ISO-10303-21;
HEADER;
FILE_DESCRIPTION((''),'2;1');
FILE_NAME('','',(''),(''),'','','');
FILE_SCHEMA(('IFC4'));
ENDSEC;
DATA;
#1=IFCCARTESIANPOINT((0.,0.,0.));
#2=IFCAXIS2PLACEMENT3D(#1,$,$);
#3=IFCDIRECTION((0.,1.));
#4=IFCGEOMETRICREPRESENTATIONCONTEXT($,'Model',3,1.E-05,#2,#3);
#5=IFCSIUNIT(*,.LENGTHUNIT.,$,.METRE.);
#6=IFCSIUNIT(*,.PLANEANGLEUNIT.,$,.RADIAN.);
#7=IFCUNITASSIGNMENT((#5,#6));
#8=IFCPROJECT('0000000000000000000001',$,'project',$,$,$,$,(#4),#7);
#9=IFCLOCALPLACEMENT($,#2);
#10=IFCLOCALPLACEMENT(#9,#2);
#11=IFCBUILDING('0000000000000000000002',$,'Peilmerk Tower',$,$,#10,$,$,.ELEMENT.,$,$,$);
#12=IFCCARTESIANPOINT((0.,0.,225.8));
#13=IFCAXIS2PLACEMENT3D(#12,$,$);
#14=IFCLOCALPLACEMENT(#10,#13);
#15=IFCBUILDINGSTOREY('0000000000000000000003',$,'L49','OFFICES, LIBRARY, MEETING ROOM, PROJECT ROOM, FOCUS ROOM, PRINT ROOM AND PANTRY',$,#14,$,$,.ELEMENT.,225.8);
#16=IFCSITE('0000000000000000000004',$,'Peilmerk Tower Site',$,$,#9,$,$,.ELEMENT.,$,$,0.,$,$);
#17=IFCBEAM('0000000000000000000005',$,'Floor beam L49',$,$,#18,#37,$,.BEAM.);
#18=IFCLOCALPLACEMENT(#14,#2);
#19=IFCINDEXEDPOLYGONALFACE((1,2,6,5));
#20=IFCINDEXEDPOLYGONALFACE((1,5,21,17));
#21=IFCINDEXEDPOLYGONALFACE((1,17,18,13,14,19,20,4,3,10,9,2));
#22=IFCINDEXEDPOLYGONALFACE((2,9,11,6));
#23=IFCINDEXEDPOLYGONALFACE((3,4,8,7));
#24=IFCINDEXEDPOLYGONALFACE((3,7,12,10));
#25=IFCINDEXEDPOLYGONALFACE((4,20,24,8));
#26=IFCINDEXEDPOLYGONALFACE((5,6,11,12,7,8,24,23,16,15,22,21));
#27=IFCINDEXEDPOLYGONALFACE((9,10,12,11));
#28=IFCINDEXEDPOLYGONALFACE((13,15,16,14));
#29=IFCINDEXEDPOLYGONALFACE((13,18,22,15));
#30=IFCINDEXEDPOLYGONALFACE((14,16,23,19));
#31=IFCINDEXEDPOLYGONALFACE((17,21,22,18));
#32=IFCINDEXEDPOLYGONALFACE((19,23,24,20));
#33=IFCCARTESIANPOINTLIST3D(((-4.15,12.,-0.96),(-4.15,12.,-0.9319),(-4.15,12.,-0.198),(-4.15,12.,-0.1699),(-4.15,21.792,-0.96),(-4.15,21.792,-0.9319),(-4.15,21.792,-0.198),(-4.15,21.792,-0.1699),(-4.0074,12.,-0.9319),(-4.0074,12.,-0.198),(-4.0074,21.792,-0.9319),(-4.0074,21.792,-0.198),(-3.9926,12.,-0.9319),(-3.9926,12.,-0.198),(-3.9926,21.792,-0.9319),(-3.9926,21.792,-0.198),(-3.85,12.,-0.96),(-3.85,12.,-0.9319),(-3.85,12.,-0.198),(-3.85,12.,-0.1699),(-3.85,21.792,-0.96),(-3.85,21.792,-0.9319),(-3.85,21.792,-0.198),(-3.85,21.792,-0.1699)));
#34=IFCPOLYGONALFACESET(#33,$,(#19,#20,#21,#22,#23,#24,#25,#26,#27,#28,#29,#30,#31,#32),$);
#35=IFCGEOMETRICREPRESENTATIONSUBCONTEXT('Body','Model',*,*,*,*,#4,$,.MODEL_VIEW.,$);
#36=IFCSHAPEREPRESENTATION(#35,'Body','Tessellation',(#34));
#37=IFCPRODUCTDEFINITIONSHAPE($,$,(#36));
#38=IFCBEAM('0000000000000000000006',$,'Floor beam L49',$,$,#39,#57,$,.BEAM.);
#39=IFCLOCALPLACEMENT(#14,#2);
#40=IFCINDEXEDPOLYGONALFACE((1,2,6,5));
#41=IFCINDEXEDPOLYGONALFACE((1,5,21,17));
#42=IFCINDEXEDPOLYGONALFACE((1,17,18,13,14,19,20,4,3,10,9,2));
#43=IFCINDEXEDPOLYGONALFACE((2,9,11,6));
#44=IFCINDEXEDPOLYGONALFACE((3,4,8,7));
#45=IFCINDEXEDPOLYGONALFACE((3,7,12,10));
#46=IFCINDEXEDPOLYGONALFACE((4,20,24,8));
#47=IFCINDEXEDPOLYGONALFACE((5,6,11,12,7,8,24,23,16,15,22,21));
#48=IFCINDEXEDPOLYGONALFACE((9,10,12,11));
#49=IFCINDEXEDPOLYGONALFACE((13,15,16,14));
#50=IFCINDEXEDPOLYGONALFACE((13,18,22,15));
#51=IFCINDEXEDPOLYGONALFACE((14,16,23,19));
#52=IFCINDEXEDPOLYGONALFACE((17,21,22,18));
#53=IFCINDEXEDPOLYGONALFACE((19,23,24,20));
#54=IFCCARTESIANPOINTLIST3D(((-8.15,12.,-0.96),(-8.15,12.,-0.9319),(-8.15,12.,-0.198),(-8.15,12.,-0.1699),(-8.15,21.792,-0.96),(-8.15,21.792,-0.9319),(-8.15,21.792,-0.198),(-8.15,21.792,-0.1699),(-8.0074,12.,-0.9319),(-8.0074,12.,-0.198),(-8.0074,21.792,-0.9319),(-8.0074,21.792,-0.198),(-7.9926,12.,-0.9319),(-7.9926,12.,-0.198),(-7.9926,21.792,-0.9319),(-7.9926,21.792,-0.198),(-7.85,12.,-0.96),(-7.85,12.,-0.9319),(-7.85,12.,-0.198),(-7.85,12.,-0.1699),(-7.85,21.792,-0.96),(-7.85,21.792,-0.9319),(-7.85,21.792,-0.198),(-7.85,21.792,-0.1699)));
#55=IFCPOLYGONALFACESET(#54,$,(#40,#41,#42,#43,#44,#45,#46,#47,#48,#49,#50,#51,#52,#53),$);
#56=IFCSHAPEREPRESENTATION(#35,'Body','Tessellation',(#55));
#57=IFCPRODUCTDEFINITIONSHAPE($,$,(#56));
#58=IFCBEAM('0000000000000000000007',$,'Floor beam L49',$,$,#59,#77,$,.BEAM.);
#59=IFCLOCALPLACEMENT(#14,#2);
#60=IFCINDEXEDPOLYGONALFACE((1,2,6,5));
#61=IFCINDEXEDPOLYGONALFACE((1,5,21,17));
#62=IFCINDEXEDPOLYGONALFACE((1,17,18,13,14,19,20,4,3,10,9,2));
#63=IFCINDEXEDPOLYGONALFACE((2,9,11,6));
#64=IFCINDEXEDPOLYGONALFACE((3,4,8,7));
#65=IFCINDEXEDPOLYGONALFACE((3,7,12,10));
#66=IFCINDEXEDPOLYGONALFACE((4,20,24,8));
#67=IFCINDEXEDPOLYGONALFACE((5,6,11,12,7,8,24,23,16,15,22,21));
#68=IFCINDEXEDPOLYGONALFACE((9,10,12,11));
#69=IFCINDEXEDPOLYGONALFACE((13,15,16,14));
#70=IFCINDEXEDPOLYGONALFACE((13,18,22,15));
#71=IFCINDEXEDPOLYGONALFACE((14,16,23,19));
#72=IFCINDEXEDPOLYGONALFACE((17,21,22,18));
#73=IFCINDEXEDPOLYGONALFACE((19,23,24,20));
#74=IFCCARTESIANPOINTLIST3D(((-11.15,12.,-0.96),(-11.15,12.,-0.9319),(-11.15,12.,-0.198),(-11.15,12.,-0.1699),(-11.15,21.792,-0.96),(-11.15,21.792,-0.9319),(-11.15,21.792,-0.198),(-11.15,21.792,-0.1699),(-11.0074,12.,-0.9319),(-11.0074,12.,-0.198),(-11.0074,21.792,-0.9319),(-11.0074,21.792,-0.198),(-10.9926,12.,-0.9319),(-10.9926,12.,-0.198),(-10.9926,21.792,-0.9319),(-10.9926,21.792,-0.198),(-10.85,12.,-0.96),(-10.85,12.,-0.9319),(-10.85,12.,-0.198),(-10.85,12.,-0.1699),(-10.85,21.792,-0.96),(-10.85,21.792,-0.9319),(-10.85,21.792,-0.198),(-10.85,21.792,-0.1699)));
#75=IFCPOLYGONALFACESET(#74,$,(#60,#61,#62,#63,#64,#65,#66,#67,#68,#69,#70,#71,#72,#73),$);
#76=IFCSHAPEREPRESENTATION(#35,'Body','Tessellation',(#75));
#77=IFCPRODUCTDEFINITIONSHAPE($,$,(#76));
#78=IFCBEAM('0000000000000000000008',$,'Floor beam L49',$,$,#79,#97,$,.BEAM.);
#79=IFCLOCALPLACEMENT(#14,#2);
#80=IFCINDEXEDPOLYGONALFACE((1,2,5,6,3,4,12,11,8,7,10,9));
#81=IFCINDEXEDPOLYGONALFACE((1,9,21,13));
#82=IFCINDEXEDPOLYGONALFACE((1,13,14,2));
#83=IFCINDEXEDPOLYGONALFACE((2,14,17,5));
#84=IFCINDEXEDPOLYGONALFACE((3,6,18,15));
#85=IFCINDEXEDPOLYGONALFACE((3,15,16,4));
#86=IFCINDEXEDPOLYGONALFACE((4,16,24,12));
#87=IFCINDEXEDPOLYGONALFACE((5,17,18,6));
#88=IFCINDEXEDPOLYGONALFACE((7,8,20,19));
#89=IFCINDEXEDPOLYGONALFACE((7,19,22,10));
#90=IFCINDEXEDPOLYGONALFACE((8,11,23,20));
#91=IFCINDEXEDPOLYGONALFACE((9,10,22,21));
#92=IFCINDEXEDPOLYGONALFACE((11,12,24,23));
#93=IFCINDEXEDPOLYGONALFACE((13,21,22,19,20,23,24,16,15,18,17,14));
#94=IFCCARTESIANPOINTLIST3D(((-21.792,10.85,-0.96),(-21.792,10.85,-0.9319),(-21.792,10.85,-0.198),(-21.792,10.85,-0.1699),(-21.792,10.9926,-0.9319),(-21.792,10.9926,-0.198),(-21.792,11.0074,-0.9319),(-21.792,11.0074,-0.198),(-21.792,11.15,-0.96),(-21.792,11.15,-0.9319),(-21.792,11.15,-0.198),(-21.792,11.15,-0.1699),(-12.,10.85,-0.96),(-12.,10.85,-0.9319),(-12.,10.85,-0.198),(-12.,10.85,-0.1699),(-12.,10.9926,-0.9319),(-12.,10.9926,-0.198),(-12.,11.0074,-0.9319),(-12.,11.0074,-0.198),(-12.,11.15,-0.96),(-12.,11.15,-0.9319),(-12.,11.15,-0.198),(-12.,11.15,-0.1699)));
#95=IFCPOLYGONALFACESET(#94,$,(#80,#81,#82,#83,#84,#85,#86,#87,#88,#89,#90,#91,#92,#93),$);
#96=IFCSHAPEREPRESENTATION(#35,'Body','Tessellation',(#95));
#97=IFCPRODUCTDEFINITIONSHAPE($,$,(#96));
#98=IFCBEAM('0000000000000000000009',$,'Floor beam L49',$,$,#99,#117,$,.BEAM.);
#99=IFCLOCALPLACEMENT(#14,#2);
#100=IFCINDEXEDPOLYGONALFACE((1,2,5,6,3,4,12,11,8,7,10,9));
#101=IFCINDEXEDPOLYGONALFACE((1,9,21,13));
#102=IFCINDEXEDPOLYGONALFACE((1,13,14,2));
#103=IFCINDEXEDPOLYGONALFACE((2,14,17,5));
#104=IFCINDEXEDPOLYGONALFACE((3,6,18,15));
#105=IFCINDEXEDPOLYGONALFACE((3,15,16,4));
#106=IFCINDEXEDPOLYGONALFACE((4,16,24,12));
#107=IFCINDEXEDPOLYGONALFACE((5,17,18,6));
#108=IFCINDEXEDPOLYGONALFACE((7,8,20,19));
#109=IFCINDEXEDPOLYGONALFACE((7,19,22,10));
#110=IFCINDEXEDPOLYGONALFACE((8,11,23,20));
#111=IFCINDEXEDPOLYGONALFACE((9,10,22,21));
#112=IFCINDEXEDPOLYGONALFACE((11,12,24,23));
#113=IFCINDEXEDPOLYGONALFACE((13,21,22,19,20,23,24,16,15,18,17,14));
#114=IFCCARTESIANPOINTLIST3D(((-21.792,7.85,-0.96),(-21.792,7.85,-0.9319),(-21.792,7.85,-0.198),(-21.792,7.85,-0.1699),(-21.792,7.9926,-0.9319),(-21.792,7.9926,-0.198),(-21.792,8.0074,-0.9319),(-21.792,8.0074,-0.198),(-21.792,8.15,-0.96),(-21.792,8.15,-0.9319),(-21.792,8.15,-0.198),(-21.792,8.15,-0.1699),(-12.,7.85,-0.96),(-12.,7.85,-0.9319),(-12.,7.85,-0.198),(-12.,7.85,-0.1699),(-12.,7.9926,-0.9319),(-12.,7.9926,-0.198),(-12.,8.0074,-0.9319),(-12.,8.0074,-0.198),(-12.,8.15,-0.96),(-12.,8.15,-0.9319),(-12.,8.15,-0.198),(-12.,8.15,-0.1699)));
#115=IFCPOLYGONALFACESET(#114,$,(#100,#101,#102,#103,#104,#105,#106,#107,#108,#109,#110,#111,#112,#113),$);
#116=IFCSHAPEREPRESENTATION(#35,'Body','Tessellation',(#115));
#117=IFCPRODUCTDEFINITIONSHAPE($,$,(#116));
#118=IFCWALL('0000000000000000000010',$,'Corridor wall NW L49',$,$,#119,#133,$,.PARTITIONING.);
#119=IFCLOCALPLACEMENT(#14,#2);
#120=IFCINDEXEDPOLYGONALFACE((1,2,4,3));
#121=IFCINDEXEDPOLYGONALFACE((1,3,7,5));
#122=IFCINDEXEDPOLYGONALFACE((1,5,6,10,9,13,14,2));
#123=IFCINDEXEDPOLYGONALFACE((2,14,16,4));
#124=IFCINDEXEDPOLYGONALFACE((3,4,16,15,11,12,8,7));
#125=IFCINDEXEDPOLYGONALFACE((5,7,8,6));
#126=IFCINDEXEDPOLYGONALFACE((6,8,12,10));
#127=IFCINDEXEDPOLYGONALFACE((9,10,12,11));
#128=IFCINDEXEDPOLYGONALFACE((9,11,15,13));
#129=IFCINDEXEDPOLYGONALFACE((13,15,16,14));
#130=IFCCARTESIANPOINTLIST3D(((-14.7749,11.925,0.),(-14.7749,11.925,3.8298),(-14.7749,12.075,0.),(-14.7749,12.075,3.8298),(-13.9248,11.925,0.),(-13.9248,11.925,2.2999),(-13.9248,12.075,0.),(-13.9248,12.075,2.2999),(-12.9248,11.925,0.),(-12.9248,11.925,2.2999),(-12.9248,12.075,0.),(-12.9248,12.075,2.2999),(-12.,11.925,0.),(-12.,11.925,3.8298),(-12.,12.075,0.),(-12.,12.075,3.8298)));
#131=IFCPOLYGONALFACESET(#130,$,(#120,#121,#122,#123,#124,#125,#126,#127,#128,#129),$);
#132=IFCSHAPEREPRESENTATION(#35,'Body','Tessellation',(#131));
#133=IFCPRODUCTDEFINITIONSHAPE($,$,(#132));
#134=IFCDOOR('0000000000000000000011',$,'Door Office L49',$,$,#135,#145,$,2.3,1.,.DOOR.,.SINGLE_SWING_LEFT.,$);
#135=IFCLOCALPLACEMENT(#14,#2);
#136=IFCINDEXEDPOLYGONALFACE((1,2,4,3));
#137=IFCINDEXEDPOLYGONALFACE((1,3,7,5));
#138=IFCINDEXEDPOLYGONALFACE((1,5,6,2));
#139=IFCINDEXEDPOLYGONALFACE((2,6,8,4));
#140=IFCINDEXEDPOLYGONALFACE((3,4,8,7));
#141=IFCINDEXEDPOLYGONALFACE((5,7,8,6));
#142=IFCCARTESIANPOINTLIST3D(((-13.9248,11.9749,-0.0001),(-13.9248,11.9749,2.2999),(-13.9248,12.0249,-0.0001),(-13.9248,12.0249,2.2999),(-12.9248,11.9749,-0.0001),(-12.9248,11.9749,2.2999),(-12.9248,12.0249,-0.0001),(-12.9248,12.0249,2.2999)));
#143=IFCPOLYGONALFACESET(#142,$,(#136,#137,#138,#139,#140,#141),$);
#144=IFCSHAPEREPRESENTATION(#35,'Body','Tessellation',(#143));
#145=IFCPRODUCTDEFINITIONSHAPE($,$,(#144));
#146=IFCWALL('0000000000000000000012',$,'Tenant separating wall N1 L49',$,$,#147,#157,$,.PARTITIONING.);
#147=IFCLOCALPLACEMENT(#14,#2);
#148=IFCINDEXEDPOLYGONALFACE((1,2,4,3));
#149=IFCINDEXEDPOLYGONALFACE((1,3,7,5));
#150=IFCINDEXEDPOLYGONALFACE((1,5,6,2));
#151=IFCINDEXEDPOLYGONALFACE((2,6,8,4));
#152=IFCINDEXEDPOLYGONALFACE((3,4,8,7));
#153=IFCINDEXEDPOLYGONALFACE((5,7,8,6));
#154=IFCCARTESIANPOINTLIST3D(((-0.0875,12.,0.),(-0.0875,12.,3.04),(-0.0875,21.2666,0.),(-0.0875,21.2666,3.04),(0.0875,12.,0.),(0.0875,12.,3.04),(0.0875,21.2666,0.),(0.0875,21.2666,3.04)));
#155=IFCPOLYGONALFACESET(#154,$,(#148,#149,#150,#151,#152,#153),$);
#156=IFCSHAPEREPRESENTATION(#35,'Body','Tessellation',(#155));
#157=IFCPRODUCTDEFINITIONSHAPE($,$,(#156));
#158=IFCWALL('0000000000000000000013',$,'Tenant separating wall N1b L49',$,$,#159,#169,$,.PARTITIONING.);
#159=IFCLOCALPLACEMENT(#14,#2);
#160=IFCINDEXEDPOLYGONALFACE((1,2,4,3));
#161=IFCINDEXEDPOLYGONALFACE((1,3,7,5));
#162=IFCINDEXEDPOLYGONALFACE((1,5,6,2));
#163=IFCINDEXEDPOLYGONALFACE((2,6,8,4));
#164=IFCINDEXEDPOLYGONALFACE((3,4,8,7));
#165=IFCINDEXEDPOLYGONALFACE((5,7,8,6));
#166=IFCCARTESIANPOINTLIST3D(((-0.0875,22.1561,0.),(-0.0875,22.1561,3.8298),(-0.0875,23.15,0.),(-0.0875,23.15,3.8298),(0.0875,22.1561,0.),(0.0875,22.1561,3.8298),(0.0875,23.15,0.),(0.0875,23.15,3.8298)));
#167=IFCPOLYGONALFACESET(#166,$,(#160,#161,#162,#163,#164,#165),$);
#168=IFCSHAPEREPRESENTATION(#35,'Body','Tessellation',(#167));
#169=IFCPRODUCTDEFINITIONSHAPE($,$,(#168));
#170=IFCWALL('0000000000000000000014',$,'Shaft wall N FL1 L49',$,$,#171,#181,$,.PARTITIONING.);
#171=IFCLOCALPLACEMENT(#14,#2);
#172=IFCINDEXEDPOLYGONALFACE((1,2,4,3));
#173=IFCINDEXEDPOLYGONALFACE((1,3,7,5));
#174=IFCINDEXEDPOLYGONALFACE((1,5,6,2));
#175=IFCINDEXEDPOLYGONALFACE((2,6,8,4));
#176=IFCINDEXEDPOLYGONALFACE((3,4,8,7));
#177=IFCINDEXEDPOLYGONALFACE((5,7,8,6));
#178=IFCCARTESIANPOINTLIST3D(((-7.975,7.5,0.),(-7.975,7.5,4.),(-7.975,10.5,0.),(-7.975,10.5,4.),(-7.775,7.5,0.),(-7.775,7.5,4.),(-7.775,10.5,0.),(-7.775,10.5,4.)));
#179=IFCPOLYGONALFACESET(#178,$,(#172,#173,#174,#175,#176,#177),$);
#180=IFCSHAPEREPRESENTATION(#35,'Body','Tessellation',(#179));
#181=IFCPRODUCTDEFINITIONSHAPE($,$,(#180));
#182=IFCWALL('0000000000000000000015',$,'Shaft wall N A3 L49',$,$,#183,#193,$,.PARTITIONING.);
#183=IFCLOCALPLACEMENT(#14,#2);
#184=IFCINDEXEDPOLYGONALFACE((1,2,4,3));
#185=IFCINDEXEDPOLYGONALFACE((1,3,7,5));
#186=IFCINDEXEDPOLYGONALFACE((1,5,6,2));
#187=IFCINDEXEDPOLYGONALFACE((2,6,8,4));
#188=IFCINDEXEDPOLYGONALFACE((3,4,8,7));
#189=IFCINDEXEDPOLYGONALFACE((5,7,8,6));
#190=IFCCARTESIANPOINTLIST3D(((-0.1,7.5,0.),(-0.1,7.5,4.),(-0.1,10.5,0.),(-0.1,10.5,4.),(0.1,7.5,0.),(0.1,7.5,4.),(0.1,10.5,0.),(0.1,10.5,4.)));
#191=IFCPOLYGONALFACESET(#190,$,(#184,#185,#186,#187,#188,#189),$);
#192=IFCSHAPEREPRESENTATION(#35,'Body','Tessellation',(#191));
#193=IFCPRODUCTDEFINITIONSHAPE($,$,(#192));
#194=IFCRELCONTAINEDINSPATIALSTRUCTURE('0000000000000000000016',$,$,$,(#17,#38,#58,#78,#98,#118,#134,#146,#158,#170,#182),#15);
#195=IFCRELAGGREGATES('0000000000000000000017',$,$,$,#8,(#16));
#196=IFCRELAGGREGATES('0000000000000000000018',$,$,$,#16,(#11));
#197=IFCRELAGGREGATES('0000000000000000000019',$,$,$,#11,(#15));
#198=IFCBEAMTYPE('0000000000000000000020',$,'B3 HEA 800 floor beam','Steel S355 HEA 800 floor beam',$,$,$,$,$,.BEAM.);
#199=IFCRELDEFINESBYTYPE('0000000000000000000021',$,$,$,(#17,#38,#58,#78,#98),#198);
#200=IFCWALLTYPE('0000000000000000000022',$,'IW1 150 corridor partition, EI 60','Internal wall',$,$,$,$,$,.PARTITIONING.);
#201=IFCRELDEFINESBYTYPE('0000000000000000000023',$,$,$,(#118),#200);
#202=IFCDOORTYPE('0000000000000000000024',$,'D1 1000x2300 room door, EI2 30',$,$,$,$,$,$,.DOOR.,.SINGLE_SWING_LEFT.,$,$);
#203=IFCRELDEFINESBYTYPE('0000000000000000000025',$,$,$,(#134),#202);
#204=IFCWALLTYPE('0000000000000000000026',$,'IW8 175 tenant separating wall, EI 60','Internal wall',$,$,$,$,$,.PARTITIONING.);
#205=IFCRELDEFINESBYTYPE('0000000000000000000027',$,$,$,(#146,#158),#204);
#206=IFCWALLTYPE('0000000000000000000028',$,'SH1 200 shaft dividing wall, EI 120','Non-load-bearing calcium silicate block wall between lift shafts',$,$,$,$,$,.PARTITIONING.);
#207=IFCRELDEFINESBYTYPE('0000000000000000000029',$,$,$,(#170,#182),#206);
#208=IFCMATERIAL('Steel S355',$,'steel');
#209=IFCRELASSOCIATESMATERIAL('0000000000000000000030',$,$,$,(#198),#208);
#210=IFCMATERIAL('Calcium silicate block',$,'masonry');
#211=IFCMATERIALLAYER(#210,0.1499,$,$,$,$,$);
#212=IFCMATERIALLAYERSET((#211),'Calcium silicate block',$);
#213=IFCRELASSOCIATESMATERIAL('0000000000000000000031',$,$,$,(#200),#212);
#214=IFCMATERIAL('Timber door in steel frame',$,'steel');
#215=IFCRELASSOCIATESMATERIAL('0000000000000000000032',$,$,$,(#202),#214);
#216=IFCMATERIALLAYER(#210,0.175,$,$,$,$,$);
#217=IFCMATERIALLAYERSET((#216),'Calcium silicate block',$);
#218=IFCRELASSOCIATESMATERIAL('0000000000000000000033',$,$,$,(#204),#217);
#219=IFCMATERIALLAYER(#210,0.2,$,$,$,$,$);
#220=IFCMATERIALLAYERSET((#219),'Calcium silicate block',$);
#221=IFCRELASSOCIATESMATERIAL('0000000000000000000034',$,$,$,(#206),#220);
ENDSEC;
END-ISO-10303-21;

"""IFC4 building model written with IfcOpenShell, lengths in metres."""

from ifc_helpers import new_model, si_unit, direction, frame, frame_2d, origin, origin_2d, place, context, subcontext, project, spatial, rectangle, i_section, extrude, material, layer, layer_set, material_profile, profile_set, type_object, element, fill, save


model = new_model("IFC4")

# Units and contexts
model_context = context("Model", 3, precision=1e-05, world=origin(), true_north=direction((0.0, 1.0)))
body_context = subcontext(model_context, "Body", "Model", "MODEL_VIEW")
ifc_project = project(units=[si_unit("LENGTHUNIT", "METRE"), si_unit("PLANEANGLEUNIT", "RADIAN")], contexts=[model_context])

# Site, building, storey
site_placement = place(None, origin())
site = spatial("IfcSite", under=ifc_project, at=site_placement, Name="Peilmerk Tower Site", CompositionType="ELEMENT", RefElevation=0.0)
building_placement = place(site_placement, origin())
building = spatial("IfcBuilding", under=site, at=building_placement, Name="Peilmerk Tower", CompositionType="ELEMENT")
storey_placement = place(building_placement, frame((0.0, 0.0, 225.8)))
storey = spatial("IfcBuildingStorey", under=building, at=storey_placement, Name="L49", Description="OFFICES, LIBRARY, MEETING ROOM, PROJECT ROOM, FOCUS ROOM, PRINT ROOM AND PANTRY", CompositionType="ELEMENT", Elevation=225.8)

# Beams
ifc_material_1 = material(Name="Steel S355", Category="steel")
ifc_material_profile_1 = material_profile(ifc_material_1, i_section(OverallWidth=0.3, OverallDepth=0.79, WebThickness=0.0149, FlangeThickness=0.0281, at=origin_2d()), Name="HEA 800")
ifc_profile_set_1 = profile_set([ifc_material_profile_1], Name="Steel S355")
beam_type_1 = type_object("IfcBeamType", Name="B3 HEA 800 floor beam", Description="Steel S355 HEA 800 floor beam", PredefinedType="BEAM", material=ifc_profile_set_1)
for number, where, z_axis, x_axis, name in (
    (1, (-4.0, 12.0, -0.5649), (0.0, 1.0, 0.0), (-1.0, 0.0, 0.0), "Floor beam L49"),
    (2, (-8.0, 12.0, -0.5649), (0.0, 1.0, 0.0), (-1.0, 0.0, 0.0), "Floor beam L49"),
    (3, (-11.0, 12.0, -0.5649), (0.0, 1.0, 0.0), (-1.0, 0.0, 0.0), "Floor beam L49"),
    (4, (-12.0, 11.0, -0.5649), (-1.0, 0.0, 0.0), (0.0, -1.0, 0.0), "Floor beam L49"),
    (5, (-12.0, 8.0, -0.5649), (-1.0, 0.0, 0.0), (0.0, -1.0, 0.0), "Floor beam L49"),
):
    element("IfcBeam", number, at=place(storey_placement, frame(where, z_axis=z_axis, x_axis=x_axis)), inside=storey, type_object=beam_type_1, Name=name, PredefinedType="BEAM", context=body_context, shape_type="SweptSolid", body=[
        extrude(i_section(OverallWidth=0.3, OverallDepth=0.79, WebThickness=0.0149, FlangeThickness=0.0281, at=origin_2d()), origin(), (0.0, 0.0, 1.0), 9.792),
    ])

# Wall, opening, door
ifc_material_2 = material(Name="Calcium silicate block", Category="masonry")
ifc_layer_1 = layer(ifc_material_2, 0.1499)
ifc_layer_set_1 = layer_set([ifc_layer_1], Name="Calcium silicate block")
wall_type_1 = type_object("IfcWallType", Name="IW1 150 corridor partition, EI 60", Description="Internal wall", PredefinedType="PARTITIONING", material=ifc_layer_set_1)
wall_1_placement = place(storey_placement, frame((-14.7749, 12.0, 0.0), z_axis=(0.0, 0.0, 1.0), x_axis=(1.0, 0.0, 0.0)))
wall_1 = element("IfcWall", 6, at=wall_1_placement, inside=storey, type_object=wall_type_1, Name="Corridor wall NW L49", PredefinedType="PARTITIONING", context=body_context, shape_type="SweptSolid", body=[
    extrude(rectangle(XDim=2.7749, YDim=0.1499, at=frame_2d((1.3875, 0.0))), origin(), (0.0, 0.0, 1.0), 3.8298),
])
opening_placement = place(wall_1_placement, frame((0.8501, 0.0, 0.0)))
opening = element("IfcOpeningElement", 7, at=opening_placement, cuts=wall_1, PredefinedType="OPENING", context=body_context, shape_type="SweptSolid", body=[
    extrude(rectangle(XDim=1.0, YDim=2.3, at=frame_2d((0.5, 1.1499))), frame((0.0, 0.085, 0.0), z_axis=(0.0, -1.0, 0.0), x_axis=(1.0, 0.0, 0.0)), (0.0, 0.0, 1.0), 0.1699),
])
ifc_material_3 = material(Name="Timber door in steel frame", Category="steel")
door_type = type_object("IfcDoorType", Name="D1 1000x2300 room door, EI2 30", OperationType="SINGLE_SWING_LEFT", PredefinedType="DOOR", material=ifc_material_3)
door_placement = place(opening_placement, origin())
door = element("IfcDoor", 8, at=door_placement, inside=storey, type_object=door_type, Name="Door Office L49", OperationType="SINGLE_SWING_LEFT", OverallHeight=2.3, OverallWidth=1.0, PredefinedType="DOOR", context=body_context, shape_type="SweptSolid", body=[
    extrude(rectangle(XDim=1.0, YDim=2.3, at=frame_2d((0.5, 1.1499))), frame((0.0, 0.0249, 0.0), z_axis=(0.0, -1.0, 0.0), x_axis=(1.0, 0.0, 0.0)), (0.0, 0.0, 1.0), 0.05),
])
fill(opening, door)

# Walls
ifc_layer_2 = layer(ifc_material_2, 0.175)
ifc_layer_set_2 = layer_set([ifc_layer_2], Name="Calcium silicate block")
wall_type_2 = type_object("IfcWallType", Name="IW8 175 tenant separating wall, EI 60", Description="Internal wall", PredefinedType="PARTITIONING", material=ifc_layer_set_2)
wall_2_placement = place(storey_placement, frame((0.0, 12.0, 0.0), z_axis=(0.0, 0.0, 1.0), x_axis=(0.0, 1.0, 0.0)))
element("IfcWall", 9, at=wall_2_placement, inside=storey, type_object=wall_type_2, Name="Tenant separating wall N1 L49", PredefinedType="PARTITIONING", context=body_context, shape_type="SweptSolid", body=[
    extrude(rectangle(XDim=9.2666, YDim=0.175, at=frame_2d((4.6333, 0.0))), origin(), (0.0, 0.0, 1.0), 3.04),
])
wall_3_placement = place(storey_placement, frame((0.0, 22.156, 0.0), z_axis=(0.0, 0.0, 1.0), x_axis=(0.0, 1.0, 0.0)))
element("IfcWall", 10, at=wall_3_placement, inside=storey, type_object=wall_type_2, Name="Tenant separating wall N1b L49", PredefinedType="PARTITIONING", context=body_context, shape_type="SweptSolid", body=[
    extrude(rectangle(XDim=0.9939, YDim=0.175, at=frame_2d((0.4971, 0.0))), origin(), (0.0, 0.0, 1.0), 3.8298),
])
ifc_layer_3 = layer(ifc_material_2, 0.2)
ifc_layer_set_3 = layer_set([ifc_layer_3], Name="Calcium silicate block")
wall_type_3 = type_object("IfcWallType", Name="SH1 200 shaft dividing wall, EI 120", Description="Non-load-bearing calcium silicate block wall between lift shafts", PredefinedType="PARTITIONING", material=ifc_layer_set_3)
for number, where, z_axis, x_axis, name in (
    (11, (-7.875, 7.5, 0.0), (0.0, 0.0, 1.0), (0.0, 1.0, 0.0), "Shaft wall N FL1 L49"),
    (12, (0.0, 7.5, 0.0), (0.0, 0.0, 1.0), (0.0, 1.0, 0.0), "Shaft wall N A3 L49"),
):
    element("IfcWall", number, at=place(storey_placement, frame(where, z_axis=z_axis, x_axis=x_axis)), inside=storey, type_object=wall_type_3, Name=name, PredefinedType="PARTITIONING", context=body_context, shape_type="SweptSolid", body=[
        extrude(rectangle(XDim=3.0, YDim=0.2, at=frame_2d((1.5, 0.0))), origin(), (0.0, 0.0, 1.0), 4.0),
    ])

save(model, "model.ifc")
